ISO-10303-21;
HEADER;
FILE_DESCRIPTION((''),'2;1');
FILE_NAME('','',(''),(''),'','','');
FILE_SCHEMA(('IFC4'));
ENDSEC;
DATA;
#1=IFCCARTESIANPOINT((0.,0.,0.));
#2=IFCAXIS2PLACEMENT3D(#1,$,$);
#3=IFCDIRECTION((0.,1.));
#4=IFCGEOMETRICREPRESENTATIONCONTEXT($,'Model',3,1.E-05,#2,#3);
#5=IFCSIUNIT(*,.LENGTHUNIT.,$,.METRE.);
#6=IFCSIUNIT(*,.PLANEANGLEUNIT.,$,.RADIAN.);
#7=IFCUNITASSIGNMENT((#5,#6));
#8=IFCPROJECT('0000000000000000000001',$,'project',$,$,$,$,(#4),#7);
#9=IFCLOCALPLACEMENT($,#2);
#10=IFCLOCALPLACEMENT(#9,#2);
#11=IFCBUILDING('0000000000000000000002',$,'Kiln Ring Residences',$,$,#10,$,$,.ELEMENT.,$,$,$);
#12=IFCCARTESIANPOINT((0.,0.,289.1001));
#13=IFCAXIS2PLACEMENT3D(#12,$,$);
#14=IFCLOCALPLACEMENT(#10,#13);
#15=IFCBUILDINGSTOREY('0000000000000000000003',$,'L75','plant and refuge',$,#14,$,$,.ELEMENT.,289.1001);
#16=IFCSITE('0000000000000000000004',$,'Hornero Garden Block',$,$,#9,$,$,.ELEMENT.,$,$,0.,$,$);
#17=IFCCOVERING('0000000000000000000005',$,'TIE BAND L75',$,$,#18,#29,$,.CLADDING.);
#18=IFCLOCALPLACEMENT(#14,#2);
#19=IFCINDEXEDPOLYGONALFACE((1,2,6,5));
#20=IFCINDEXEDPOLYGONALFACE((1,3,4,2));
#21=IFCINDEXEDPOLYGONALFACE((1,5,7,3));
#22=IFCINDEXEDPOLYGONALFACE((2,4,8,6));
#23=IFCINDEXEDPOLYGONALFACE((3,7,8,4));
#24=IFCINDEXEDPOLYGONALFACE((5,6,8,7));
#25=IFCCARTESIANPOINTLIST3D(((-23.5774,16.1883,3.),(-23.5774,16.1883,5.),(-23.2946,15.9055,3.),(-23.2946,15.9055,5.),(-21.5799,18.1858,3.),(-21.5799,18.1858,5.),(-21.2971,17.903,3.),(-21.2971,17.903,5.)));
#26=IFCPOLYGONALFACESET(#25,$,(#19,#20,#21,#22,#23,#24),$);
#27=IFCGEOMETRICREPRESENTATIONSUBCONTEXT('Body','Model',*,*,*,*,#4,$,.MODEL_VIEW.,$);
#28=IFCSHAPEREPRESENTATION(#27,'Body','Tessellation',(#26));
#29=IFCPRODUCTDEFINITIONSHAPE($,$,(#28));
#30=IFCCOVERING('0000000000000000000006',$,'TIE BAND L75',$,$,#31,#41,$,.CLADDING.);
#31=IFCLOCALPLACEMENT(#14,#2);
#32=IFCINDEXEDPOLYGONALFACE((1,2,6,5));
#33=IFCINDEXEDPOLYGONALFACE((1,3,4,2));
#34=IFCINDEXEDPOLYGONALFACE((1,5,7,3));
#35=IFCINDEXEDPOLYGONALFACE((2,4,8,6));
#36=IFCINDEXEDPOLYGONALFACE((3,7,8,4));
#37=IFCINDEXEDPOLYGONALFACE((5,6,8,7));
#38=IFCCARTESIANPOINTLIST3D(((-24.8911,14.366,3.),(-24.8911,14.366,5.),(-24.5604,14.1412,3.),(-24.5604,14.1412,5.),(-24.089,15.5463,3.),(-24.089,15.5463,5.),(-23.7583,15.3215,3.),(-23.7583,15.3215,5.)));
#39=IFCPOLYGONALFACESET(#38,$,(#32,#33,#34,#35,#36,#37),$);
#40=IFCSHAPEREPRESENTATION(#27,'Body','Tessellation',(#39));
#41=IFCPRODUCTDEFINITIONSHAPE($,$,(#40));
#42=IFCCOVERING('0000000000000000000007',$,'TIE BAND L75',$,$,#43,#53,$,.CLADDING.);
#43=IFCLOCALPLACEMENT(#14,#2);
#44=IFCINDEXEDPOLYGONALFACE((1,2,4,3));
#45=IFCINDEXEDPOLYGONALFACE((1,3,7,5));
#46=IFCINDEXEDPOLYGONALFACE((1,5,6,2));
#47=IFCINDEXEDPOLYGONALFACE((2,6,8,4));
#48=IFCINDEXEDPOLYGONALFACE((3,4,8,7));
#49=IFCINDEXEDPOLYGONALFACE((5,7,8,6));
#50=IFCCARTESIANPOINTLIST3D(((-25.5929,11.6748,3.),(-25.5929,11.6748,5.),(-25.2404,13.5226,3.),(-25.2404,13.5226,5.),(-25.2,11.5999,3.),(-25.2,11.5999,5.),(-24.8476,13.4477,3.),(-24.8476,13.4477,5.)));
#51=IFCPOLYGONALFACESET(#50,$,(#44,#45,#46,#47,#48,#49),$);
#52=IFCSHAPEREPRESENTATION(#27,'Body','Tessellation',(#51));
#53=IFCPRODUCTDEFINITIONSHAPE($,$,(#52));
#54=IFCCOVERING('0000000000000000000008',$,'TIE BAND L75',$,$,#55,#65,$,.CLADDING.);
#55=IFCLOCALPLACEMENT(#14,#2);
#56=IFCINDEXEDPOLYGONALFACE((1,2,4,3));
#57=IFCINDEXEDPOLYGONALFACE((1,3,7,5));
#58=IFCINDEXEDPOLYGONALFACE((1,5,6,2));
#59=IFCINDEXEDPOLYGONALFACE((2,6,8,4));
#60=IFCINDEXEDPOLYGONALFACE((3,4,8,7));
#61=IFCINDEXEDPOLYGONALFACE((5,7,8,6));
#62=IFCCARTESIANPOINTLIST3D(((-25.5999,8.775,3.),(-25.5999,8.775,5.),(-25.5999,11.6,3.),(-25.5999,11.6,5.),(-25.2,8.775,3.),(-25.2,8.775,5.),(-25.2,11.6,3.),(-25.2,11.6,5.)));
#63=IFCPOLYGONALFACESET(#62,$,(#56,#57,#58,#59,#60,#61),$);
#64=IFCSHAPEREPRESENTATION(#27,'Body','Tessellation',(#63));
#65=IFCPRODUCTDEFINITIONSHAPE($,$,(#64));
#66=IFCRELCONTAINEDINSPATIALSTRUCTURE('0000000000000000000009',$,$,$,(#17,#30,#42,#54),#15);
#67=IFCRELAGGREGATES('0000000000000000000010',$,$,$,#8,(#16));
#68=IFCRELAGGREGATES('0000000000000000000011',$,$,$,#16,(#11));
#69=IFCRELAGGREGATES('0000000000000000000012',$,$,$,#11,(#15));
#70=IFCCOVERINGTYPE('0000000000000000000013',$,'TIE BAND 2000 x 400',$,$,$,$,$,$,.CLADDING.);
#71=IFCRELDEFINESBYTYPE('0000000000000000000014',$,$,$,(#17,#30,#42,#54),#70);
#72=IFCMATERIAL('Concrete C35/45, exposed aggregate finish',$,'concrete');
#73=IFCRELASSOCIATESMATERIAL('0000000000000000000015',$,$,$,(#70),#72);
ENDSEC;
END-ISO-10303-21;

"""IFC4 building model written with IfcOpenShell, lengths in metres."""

from ifc_helpers import new_model, si_unit, direction, frame, origin, origin_2d, place, context, subcontext, project, spatial, rectangle, extrude, material, type_object, element, save


model = new_model("IFC4")

# Units and contexts
model_context = context("Model", 3, precision=1e-05, world=origin(), true_north=direction((0.0, 1.0)))
body_context = subcontext(model_context, "Body", "Model", "MODEL_VIEW")
ifc_project = project(units=[si_unit("LENGTHUNIT", "METRE"), si_unit("PLANEANGLEUNIT", "RADIAN")], contexts=[model_context])

# Site, building, storey
site_placement = place(None, origin())
site = spatial("IfcSite", under=ifc_project, at=site_placement, Name="Hornero Garden Block", CompositionType="ELEMENT", RefElevation=0.0)
building_placement = place(site_placement, origin())
building = spatial("IfcBuilding", under=site, at=building_placement, Name="Kiln Ring Residences", CompositionType="ELEMENT")
storey_placement = place(building_placement, frame((0.0, 0.0, 289.1001)))
storey = spatial("IfcBuildingStorey", under=building, at=storey_placement, Name="L75", Description="plant and refuge", CompositionType="ELEMENT", Elevation=289.1001)

# Coverings
ifc_material_1 = material(Name="Concrete C35/45, exposed aggregate finish", Category="concrete")
covering_type = type_object("IfcCoveringType", Name="TIE BAND 2000 x 400", PredefinedType="CLADDING", material=ifc_material_1)
covering_1_placement = place(storey_placement, frame((-22.4373, 17.0457, 3.0), z_axis=(0.0, 0.0, 1.0), x_axis=(-0.707107, -0.707107, 0.0)))
element("IfcCovering", 1, at=covering_1_placement, inside=storey, type_object=covering_type, Name="TIE BAND L75", PredefinedType="CLADDING", context=body_context, shape_type="SweptSolid", body=[
    extrude(rectangle(XDim=2.825, YDim=0.3999, at=origin_2d()), origin(), (0.0, 0.0, 1.0), 2.0),
])
covering_2_placement = place(storey_placement, frame((-24.3247, 14.8438, 3.0), z_axis=(0.0, 0.0, 1.0), x_axis=(-0.562097, -0.827072, 0.0)))
element("IfcCovering", 2, at=covering_2_placement, inside=storey, type_object=covering_type, Name="TIE BAND L75", PredefinedType="CLADDING", context=body_context, shape_type="SweptSolid", body=[
    extrude(rectangle(XDim=1.427, YDim=0.3999, at=origin_2d()), origin(), (0.0, 0.0, 1.0), 2.0),
])
covering_3_placement = place(storey_placement, frame((-25.2202, 12.5613, 3.0), z_axis=(0.0, 0.0, 1.0), x_axis=(-0.187366, -0.98229, 0.0)))
element("IfcCovering", 3, at=covering_3_placement, inside=storey, type_object=covering_type, Name="TIE BAND L75", PredefinedType="CLADDING", context=body_context, shape_type="SweptSolid", body=[
    extrude(rectangle(XDim=1.8811, YDim=0.3999, at=origin_2d()), origin(), (0.0, 0.0, 1.0), 2.0),
])
covering_4_placement = place(storey_placement, frame((-25.3999, 10.1875, 3.0), z_axis=(0.0, 0.0, 1.0), x_axis=(0.0, -1.0, 0.0)))
element("IfcCovering", 4, at=covering_4_placement, inside=storey, type_object=covering_type, Name="TIE BAND L75", PredefinedType="CLADDING", context=body_context, shape_type="SweptSolid", body=[
    extrude(rectangle(XDim=2.825, YDim=0.3999, at=origin_2d()), origin(), (0.0, 0.0, 1.0), 2.0),
])

save(model, "model.ifc")
